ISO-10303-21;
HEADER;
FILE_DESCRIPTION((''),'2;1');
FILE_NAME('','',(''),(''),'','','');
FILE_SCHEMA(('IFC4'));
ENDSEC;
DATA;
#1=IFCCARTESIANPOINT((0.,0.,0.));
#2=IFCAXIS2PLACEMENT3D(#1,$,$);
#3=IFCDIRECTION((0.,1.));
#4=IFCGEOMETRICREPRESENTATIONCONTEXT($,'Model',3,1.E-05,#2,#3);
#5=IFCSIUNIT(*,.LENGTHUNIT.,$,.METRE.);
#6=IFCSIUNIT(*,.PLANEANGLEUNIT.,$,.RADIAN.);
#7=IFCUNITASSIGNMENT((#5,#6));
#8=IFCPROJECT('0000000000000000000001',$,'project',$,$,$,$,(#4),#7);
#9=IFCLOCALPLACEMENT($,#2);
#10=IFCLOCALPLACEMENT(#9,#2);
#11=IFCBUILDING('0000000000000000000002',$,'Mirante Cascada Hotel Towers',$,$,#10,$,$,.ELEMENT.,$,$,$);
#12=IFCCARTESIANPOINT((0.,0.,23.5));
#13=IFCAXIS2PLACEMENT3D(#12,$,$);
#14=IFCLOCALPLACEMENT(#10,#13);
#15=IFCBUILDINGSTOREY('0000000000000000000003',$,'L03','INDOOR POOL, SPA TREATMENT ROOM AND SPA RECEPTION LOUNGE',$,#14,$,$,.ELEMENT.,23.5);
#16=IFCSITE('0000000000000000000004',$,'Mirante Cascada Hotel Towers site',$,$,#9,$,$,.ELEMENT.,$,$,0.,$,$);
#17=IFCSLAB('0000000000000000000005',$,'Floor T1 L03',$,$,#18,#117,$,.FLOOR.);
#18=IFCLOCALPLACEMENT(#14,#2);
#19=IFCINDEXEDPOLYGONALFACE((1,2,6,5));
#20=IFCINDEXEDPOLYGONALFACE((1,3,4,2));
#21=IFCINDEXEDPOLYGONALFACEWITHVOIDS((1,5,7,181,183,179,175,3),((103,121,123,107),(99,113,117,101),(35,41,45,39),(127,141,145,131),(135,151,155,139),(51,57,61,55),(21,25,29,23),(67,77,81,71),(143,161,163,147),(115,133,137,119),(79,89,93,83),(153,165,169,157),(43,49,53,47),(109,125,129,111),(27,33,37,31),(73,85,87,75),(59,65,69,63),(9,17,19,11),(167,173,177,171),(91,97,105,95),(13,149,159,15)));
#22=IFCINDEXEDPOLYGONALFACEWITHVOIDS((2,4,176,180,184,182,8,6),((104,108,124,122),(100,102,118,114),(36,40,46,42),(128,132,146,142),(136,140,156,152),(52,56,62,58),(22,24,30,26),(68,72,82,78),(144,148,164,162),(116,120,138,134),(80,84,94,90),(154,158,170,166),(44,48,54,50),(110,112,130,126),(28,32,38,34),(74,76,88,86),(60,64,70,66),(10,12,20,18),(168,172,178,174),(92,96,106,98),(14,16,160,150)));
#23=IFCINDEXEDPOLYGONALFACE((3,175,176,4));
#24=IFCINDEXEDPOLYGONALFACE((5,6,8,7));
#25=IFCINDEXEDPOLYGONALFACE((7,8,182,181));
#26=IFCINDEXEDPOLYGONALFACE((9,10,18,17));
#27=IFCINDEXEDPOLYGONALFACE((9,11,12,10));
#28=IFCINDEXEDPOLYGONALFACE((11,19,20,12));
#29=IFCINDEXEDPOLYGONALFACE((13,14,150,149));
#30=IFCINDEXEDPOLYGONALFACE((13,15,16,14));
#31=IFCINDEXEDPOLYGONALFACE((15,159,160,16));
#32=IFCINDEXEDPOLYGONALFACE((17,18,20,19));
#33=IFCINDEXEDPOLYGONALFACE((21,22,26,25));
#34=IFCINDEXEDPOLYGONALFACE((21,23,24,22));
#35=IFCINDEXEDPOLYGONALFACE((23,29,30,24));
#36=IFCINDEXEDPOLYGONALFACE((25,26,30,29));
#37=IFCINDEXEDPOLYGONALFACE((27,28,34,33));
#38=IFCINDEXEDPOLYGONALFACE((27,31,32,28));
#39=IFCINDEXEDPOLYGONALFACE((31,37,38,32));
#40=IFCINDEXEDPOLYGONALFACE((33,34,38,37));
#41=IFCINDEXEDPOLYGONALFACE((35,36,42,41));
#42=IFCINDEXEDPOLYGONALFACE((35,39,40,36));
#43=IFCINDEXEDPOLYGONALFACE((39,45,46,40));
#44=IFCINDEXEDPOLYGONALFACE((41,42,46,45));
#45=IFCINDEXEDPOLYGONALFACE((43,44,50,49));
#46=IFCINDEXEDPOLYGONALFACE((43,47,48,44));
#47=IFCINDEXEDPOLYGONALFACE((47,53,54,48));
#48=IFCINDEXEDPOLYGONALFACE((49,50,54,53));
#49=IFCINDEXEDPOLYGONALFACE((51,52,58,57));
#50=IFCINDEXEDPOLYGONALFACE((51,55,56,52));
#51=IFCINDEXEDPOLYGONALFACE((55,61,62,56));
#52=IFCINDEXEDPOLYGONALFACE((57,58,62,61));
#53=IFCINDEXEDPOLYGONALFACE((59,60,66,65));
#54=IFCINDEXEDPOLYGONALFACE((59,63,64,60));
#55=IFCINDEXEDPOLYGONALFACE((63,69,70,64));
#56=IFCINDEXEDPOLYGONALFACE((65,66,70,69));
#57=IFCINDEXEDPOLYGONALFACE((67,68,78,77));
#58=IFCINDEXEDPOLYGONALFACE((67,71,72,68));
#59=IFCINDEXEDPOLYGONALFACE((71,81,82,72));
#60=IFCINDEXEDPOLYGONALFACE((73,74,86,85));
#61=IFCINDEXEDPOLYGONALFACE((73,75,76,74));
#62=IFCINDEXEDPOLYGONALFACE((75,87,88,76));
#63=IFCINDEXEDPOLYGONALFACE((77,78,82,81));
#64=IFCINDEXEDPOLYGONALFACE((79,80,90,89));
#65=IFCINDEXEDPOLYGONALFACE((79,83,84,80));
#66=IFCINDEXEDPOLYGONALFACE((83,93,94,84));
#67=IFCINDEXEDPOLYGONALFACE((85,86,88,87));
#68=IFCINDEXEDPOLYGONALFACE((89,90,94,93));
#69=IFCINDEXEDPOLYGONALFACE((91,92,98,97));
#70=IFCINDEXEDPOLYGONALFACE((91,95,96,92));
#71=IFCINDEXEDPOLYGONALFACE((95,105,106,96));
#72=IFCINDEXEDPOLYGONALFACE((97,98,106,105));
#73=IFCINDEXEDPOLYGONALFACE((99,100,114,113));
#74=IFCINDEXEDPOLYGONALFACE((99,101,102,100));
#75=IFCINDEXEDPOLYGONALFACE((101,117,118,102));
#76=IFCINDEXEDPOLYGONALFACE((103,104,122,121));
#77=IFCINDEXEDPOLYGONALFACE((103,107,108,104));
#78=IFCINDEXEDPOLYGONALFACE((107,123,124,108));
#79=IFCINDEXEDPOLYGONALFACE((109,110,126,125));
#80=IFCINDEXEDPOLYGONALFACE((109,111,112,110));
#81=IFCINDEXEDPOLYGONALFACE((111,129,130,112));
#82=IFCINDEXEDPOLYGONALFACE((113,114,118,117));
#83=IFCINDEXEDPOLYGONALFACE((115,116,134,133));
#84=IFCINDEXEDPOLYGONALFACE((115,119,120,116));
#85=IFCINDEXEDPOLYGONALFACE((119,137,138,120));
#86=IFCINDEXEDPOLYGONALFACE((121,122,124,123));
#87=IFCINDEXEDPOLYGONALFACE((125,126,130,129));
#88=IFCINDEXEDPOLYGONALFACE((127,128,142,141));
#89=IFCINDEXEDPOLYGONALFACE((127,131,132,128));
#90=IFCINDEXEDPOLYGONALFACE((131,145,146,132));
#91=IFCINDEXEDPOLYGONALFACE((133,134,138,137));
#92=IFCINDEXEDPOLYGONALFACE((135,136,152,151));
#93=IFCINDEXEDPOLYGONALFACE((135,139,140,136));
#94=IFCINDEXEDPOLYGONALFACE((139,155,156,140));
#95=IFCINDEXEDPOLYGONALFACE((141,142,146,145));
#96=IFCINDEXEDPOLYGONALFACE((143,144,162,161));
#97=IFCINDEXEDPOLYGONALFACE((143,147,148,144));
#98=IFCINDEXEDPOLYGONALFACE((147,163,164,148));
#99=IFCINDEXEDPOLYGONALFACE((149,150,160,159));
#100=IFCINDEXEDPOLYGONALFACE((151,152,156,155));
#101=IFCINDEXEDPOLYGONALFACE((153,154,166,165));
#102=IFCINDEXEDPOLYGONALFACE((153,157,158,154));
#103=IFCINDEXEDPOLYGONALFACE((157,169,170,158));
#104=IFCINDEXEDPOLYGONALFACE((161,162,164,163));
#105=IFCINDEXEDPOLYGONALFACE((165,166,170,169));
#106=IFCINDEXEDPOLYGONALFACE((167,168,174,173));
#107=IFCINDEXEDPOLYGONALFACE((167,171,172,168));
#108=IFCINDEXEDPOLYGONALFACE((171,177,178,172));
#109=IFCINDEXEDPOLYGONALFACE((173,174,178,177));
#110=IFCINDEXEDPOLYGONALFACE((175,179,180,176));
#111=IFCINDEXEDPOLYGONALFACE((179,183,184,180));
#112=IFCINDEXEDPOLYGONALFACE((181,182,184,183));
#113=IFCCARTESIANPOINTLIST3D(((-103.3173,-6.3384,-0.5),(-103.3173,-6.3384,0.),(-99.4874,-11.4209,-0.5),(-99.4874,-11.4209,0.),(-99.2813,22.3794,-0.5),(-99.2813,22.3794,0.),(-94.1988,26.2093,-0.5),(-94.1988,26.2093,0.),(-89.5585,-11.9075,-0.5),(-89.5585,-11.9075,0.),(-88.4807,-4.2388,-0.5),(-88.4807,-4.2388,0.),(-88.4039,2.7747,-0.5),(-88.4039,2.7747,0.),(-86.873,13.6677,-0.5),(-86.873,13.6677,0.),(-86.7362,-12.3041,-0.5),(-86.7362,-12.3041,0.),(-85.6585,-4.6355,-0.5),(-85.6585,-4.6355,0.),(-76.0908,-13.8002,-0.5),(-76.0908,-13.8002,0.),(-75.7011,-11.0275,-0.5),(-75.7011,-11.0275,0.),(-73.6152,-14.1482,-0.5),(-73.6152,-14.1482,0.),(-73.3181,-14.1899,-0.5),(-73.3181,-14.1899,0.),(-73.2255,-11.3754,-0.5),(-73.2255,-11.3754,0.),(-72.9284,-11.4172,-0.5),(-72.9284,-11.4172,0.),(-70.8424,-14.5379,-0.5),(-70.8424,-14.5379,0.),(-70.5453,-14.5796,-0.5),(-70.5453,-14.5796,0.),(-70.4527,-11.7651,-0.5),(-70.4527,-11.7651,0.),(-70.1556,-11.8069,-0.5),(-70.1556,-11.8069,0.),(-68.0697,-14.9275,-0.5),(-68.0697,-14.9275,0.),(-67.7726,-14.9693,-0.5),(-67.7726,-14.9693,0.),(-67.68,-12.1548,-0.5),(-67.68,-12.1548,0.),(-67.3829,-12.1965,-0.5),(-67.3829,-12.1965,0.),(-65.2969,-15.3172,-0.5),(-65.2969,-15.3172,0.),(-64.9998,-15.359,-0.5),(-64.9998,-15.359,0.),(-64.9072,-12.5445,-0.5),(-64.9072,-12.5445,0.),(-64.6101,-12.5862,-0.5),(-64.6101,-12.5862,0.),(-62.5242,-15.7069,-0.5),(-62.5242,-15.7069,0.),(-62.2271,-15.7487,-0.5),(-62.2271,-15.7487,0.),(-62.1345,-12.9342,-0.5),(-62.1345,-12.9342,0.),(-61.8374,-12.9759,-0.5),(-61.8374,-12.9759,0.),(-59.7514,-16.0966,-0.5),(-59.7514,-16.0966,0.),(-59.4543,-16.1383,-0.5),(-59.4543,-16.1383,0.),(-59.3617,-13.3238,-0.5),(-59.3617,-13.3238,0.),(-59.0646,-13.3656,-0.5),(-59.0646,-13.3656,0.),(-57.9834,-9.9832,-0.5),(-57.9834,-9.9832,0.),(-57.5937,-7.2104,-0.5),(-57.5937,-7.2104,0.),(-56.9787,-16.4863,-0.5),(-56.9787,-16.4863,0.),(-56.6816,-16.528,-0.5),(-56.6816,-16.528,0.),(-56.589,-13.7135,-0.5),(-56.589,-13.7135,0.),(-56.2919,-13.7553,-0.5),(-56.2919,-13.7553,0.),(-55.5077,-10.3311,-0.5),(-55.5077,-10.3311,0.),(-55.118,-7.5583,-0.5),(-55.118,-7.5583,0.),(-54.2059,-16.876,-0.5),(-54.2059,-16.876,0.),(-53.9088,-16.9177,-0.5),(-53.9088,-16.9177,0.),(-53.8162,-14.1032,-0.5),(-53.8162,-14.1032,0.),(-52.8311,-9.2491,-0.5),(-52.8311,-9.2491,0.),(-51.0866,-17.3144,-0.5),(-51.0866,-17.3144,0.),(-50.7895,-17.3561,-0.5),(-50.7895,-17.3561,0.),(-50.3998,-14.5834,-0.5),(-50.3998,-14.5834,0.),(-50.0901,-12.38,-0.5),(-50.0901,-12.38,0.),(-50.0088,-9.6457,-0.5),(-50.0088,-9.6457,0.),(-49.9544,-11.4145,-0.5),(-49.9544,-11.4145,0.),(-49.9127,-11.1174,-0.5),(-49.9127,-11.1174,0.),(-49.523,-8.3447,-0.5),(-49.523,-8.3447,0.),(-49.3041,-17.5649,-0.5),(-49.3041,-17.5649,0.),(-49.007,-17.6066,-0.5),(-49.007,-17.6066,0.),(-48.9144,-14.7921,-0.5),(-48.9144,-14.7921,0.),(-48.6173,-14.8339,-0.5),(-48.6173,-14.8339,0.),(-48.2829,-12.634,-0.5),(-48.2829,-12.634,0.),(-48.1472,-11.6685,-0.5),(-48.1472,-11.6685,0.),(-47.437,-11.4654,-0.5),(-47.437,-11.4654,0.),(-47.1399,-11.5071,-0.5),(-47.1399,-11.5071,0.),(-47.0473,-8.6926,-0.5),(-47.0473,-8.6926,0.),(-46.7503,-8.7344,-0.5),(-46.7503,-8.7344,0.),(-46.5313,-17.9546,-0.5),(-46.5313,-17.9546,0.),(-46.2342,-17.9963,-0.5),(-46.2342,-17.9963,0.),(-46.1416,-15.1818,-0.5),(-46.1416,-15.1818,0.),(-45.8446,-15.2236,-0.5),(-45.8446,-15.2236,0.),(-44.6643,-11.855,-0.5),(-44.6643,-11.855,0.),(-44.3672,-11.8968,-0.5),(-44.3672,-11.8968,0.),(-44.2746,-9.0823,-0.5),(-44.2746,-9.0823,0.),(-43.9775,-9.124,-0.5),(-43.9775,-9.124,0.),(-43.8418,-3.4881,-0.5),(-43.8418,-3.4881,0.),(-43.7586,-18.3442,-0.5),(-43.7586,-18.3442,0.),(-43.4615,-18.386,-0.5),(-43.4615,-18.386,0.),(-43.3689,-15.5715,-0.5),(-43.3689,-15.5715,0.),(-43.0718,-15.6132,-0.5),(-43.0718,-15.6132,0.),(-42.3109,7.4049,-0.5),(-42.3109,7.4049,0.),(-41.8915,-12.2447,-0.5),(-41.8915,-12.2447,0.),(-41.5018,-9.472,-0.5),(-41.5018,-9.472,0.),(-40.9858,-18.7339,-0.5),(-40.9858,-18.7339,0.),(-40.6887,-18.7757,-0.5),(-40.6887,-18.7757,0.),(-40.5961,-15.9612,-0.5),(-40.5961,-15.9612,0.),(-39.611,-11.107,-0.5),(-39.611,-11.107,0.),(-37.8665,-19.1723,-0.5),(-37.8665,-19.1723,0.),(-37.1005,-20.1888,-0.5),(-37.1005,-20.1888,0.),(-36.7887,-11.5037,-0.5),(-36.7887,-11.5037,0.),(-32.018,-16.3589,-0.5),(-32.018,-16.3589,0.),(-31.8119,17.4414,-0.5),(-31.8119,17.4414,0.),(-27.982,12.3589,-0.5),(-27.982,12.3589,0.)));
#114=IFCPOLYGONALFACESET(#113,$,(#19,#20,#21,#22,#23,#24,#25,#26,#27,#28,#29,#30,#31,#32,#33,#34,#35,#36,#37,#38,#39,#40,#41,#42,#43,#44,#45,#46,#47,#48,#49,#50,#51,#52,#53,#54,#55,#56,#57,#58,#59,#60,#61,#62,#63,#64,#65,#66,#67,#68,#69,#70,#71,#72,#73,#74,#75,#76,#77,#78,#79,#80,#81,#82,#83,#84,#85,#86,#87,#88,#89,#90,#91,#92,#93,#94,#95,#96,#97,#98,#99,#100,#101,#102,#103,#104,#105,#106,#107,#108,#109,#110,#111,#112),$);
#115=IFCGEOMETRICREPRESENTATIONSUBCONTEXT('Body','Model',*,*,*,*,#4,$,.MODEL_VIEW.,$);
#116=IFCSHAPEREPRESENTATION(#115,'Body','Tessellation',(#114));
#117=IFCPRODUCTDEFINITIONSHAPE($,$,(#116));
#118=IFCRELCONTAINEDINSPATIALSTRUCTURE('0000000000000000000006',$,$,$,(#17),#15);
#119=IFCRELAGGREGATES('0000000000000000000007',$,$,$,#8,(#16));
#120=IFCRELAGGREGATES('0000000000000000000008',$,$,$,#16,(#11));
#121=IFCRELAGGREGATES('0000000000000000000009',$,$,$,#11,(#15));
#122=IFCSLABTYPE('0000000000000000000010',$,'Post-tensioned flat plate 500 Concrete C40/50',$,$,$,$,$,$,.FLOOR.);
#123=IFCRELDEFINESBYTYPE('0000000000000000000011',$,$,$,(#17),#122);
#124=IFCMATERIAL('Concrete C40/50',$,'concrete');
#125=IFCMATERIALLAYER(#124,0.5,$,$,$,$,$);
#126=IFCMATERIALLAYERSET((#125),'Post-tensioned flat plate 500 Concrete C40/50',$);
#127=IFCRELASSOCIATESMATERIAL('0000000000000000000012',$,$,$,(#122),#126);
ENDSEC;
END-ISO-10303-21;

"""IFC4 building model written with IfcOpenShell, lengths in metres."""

from ifc_helpers import new_model, si_unit, direction, frame, origin, place, context, subcontext, project, spatial, polyline, outline, extrude, material, layer, layer_set, type_object, element, save


model = new_model("IFC4")

# Units and contexts
model_context = context("Model", 3, precision=1e-05, world=origin(), true_north=direction((0.0, 1.0)))
body_context = subcontext(model_context, "Body", "Model", "MODEL_VIEW")
ifc_project = project(units=[si_unit("LENGTHUNIT", "METRE"), si_unit("PLANEANGLEUNIT", "RADIAN")], contexts=[model_context])

# Site, building, storey
site_placement = place(None, origin())
site = spatial("IfcSite", under=ifc_project, at=site_placement, Name="Mirante Cascada Hotel Towers site", CompositionType="ELEMENT", RefElevation=0.0)
building_placement = place(site_placement, origin())
building = spatial("IfcBuilding", under=site, at=building_placement, Name="Mirante Cascada Hotel Towers", CompositionType="ELEMENT")
storey_placement = place(building_placement, frame((0.0, 0.0, 23.5)))
storey = spatial("IfcBuildingStorey", under=building, at=storey_placement, Name="L03", Description="INDOOR POOL, SPA TREATMENT ROOM AND SPA RECEPTION LOUNGE", CompositionType="ELEMENT", Elevation=23.5)

# Slab
ifc_material_1 = material(Name="Concrete C40/50", Category="concrete")
ifc_layer_1 = layer(ifc_material_1, 0.5)
ifc_layer_set_1 = layer_set([ifc_layer_1], Name="Post-tensioned flat plate 500 Concrete C40/50")
slab_type_1 = type_object("IfcSlabType", Name="Post-tensioned flat plate 500 Concrete C40/50", PredefinedType="FLOOR", material=ifc_layer_set_1)
slab_1_placement = place(storey_placement, frame((0.0, 0.0, -0.5)))
element("IfcSlab", 1, at=slab_1_placement, inside=storey, type_object=slab_type_1, Name="Floor T1 L03", PredefinedType="FLOOR", context=body_context, shape_type="SweptSolid", body=[
    extrude(outline(polyline([(-32.018, -16.3589), (-27.982, 12.3589), (-31.8119, 17.4414), (-94.1988, 26.2093), (-99.2813, 22.3794), (-103.3173, -6.3384), (-99.4874, -11.4209), (-37.1005, -20.1888), (-32.018, -16.3589)]), holes=[polyline([(-43.0718, -15.6132), (-40.5961, -15.9612), (-40.9858, -18.7339), (-43.4615, -18.386), (-43.0718, -15.6132)]), polyline([(-45.8446, -15.2236), (-43.3689, -15.5715), (-43.7586, -18.3442), (-46.2342, -17.9963), (-45.8446, -15.2236)]), polyline([(-48.6173, -14.8339), (-46.1416, -15.1818), (-46.5313, -17.9546), (-49.007, -17.6066), (-48.6173, -14.8339)]), polyline([(-50.7895, -17.3561), (-50.3998, -14.5834), (-48.9144, -14.7921), (-49.3041, -17.5649), (-50.7895, -17.3561)]), polyline([(-56.6816, -16.528), (-56.2919, -13.7553), (-53.8162, -14.1032), (-54.2059, -16.876), (-56.6816, -16.528)]), polyline([(-36.7887, -11.5037), (-37.8665, -19.1723), (-40.6887, -18.7757), (-39.611, -11.107), (-36.7887, -11.5037)]), polyline([(-50.0088, -9.6457), (-51.0866, -17.3144), (-53.9088, -16.9177), (-52.8311, -9.2491), (-50.0088, -9.6457)]), polyline([(-49.9544, -11.4145), (-48.1472, -11.6685), (-48.2829, -12.634), (-50.0901, -12.38), (-49.9544, -11.4145)]), polyline([(-44.3672, -11.8968), (-43.9775, -9.124), (-41.5018, -9.472), (-41.8915, -12.2447), (-44.3672, -11.8968)]), polyline([(-47.1399, -11.5071), (-46.7503, -8.7344), (-44.2746, -9.0823), (-44.6643, -11.855), (-47.1399, -11.5071)]), polyline([(-49.523, -8.3447), (-47.0473, -8.6926), (-47.437, -11.4654), (-49.9127, -11.1174), (-49.523, -8.3447)]), polyline([(-59.0646, -13.3656), (-56.589, -13.7135), (-56.9787, -16.4863), (-59.4543, -16.1383), (-59.0646, -13.3656)]), polyline([(-61.8374, -12.9759), (-59.3617, -13.3238), (-59.7514, -16.0966), (-62.2271, -15.7487), (-61.8374, -12.9759)]), polyline([(-64.9998, -15.359), (-64.6101, -12.5862), (-62.1345, -12.9342), (-62.5242, -15.7069), (-64.9998, -15.359)]), polyline([(-67.7726, -14.9693), (-67.3829, -12.1965), (-64.9072, -12.5445), (-65.2969, -15.3172), (-67.7726, -14.9693)]), polyline([(-70.1556, -11.8069), (-67.68, -12.1548), (-68.0697, -14.9275), (-70.5453, -14.5796), (-70.1556, -11.8069)]), polyline([(-73.3181, -14.1899), (-72.9284, -11.4172), (-70.4527, -11.7651), (-70.8424, -14.5379), (-73.3181, -14.1899)]), polyline([(-76.0908, -13.8002), (-75.7011, -11.0275), (-73.2255, -11.3754), (-73.6152, -14.1482), (-76.0908, -13.8002)]), polyline([(-85.6585, -4.6355), (-86.7362, -12.3041), (-89.5585, -11.9075), (-88.4807, -4.2388), (-85.6585, -4.6355)]), polyline([(-57.9834, -9.9832), (-57.5937, -7.2104), (-55.118, -7.5583), (-55.5077, -10.3311), (-57.9834, -9.9832)]), polyline([(-88.4039, 2.7747), (-86.873, 13.6677), (-42.3109, 7.4049), (-43.8418, -3.4881), (-88.4039, 2.7747)])]), origin(), (0.0, 0.0, 1.0), 0.5),
])

save(model, "model.ifc")
